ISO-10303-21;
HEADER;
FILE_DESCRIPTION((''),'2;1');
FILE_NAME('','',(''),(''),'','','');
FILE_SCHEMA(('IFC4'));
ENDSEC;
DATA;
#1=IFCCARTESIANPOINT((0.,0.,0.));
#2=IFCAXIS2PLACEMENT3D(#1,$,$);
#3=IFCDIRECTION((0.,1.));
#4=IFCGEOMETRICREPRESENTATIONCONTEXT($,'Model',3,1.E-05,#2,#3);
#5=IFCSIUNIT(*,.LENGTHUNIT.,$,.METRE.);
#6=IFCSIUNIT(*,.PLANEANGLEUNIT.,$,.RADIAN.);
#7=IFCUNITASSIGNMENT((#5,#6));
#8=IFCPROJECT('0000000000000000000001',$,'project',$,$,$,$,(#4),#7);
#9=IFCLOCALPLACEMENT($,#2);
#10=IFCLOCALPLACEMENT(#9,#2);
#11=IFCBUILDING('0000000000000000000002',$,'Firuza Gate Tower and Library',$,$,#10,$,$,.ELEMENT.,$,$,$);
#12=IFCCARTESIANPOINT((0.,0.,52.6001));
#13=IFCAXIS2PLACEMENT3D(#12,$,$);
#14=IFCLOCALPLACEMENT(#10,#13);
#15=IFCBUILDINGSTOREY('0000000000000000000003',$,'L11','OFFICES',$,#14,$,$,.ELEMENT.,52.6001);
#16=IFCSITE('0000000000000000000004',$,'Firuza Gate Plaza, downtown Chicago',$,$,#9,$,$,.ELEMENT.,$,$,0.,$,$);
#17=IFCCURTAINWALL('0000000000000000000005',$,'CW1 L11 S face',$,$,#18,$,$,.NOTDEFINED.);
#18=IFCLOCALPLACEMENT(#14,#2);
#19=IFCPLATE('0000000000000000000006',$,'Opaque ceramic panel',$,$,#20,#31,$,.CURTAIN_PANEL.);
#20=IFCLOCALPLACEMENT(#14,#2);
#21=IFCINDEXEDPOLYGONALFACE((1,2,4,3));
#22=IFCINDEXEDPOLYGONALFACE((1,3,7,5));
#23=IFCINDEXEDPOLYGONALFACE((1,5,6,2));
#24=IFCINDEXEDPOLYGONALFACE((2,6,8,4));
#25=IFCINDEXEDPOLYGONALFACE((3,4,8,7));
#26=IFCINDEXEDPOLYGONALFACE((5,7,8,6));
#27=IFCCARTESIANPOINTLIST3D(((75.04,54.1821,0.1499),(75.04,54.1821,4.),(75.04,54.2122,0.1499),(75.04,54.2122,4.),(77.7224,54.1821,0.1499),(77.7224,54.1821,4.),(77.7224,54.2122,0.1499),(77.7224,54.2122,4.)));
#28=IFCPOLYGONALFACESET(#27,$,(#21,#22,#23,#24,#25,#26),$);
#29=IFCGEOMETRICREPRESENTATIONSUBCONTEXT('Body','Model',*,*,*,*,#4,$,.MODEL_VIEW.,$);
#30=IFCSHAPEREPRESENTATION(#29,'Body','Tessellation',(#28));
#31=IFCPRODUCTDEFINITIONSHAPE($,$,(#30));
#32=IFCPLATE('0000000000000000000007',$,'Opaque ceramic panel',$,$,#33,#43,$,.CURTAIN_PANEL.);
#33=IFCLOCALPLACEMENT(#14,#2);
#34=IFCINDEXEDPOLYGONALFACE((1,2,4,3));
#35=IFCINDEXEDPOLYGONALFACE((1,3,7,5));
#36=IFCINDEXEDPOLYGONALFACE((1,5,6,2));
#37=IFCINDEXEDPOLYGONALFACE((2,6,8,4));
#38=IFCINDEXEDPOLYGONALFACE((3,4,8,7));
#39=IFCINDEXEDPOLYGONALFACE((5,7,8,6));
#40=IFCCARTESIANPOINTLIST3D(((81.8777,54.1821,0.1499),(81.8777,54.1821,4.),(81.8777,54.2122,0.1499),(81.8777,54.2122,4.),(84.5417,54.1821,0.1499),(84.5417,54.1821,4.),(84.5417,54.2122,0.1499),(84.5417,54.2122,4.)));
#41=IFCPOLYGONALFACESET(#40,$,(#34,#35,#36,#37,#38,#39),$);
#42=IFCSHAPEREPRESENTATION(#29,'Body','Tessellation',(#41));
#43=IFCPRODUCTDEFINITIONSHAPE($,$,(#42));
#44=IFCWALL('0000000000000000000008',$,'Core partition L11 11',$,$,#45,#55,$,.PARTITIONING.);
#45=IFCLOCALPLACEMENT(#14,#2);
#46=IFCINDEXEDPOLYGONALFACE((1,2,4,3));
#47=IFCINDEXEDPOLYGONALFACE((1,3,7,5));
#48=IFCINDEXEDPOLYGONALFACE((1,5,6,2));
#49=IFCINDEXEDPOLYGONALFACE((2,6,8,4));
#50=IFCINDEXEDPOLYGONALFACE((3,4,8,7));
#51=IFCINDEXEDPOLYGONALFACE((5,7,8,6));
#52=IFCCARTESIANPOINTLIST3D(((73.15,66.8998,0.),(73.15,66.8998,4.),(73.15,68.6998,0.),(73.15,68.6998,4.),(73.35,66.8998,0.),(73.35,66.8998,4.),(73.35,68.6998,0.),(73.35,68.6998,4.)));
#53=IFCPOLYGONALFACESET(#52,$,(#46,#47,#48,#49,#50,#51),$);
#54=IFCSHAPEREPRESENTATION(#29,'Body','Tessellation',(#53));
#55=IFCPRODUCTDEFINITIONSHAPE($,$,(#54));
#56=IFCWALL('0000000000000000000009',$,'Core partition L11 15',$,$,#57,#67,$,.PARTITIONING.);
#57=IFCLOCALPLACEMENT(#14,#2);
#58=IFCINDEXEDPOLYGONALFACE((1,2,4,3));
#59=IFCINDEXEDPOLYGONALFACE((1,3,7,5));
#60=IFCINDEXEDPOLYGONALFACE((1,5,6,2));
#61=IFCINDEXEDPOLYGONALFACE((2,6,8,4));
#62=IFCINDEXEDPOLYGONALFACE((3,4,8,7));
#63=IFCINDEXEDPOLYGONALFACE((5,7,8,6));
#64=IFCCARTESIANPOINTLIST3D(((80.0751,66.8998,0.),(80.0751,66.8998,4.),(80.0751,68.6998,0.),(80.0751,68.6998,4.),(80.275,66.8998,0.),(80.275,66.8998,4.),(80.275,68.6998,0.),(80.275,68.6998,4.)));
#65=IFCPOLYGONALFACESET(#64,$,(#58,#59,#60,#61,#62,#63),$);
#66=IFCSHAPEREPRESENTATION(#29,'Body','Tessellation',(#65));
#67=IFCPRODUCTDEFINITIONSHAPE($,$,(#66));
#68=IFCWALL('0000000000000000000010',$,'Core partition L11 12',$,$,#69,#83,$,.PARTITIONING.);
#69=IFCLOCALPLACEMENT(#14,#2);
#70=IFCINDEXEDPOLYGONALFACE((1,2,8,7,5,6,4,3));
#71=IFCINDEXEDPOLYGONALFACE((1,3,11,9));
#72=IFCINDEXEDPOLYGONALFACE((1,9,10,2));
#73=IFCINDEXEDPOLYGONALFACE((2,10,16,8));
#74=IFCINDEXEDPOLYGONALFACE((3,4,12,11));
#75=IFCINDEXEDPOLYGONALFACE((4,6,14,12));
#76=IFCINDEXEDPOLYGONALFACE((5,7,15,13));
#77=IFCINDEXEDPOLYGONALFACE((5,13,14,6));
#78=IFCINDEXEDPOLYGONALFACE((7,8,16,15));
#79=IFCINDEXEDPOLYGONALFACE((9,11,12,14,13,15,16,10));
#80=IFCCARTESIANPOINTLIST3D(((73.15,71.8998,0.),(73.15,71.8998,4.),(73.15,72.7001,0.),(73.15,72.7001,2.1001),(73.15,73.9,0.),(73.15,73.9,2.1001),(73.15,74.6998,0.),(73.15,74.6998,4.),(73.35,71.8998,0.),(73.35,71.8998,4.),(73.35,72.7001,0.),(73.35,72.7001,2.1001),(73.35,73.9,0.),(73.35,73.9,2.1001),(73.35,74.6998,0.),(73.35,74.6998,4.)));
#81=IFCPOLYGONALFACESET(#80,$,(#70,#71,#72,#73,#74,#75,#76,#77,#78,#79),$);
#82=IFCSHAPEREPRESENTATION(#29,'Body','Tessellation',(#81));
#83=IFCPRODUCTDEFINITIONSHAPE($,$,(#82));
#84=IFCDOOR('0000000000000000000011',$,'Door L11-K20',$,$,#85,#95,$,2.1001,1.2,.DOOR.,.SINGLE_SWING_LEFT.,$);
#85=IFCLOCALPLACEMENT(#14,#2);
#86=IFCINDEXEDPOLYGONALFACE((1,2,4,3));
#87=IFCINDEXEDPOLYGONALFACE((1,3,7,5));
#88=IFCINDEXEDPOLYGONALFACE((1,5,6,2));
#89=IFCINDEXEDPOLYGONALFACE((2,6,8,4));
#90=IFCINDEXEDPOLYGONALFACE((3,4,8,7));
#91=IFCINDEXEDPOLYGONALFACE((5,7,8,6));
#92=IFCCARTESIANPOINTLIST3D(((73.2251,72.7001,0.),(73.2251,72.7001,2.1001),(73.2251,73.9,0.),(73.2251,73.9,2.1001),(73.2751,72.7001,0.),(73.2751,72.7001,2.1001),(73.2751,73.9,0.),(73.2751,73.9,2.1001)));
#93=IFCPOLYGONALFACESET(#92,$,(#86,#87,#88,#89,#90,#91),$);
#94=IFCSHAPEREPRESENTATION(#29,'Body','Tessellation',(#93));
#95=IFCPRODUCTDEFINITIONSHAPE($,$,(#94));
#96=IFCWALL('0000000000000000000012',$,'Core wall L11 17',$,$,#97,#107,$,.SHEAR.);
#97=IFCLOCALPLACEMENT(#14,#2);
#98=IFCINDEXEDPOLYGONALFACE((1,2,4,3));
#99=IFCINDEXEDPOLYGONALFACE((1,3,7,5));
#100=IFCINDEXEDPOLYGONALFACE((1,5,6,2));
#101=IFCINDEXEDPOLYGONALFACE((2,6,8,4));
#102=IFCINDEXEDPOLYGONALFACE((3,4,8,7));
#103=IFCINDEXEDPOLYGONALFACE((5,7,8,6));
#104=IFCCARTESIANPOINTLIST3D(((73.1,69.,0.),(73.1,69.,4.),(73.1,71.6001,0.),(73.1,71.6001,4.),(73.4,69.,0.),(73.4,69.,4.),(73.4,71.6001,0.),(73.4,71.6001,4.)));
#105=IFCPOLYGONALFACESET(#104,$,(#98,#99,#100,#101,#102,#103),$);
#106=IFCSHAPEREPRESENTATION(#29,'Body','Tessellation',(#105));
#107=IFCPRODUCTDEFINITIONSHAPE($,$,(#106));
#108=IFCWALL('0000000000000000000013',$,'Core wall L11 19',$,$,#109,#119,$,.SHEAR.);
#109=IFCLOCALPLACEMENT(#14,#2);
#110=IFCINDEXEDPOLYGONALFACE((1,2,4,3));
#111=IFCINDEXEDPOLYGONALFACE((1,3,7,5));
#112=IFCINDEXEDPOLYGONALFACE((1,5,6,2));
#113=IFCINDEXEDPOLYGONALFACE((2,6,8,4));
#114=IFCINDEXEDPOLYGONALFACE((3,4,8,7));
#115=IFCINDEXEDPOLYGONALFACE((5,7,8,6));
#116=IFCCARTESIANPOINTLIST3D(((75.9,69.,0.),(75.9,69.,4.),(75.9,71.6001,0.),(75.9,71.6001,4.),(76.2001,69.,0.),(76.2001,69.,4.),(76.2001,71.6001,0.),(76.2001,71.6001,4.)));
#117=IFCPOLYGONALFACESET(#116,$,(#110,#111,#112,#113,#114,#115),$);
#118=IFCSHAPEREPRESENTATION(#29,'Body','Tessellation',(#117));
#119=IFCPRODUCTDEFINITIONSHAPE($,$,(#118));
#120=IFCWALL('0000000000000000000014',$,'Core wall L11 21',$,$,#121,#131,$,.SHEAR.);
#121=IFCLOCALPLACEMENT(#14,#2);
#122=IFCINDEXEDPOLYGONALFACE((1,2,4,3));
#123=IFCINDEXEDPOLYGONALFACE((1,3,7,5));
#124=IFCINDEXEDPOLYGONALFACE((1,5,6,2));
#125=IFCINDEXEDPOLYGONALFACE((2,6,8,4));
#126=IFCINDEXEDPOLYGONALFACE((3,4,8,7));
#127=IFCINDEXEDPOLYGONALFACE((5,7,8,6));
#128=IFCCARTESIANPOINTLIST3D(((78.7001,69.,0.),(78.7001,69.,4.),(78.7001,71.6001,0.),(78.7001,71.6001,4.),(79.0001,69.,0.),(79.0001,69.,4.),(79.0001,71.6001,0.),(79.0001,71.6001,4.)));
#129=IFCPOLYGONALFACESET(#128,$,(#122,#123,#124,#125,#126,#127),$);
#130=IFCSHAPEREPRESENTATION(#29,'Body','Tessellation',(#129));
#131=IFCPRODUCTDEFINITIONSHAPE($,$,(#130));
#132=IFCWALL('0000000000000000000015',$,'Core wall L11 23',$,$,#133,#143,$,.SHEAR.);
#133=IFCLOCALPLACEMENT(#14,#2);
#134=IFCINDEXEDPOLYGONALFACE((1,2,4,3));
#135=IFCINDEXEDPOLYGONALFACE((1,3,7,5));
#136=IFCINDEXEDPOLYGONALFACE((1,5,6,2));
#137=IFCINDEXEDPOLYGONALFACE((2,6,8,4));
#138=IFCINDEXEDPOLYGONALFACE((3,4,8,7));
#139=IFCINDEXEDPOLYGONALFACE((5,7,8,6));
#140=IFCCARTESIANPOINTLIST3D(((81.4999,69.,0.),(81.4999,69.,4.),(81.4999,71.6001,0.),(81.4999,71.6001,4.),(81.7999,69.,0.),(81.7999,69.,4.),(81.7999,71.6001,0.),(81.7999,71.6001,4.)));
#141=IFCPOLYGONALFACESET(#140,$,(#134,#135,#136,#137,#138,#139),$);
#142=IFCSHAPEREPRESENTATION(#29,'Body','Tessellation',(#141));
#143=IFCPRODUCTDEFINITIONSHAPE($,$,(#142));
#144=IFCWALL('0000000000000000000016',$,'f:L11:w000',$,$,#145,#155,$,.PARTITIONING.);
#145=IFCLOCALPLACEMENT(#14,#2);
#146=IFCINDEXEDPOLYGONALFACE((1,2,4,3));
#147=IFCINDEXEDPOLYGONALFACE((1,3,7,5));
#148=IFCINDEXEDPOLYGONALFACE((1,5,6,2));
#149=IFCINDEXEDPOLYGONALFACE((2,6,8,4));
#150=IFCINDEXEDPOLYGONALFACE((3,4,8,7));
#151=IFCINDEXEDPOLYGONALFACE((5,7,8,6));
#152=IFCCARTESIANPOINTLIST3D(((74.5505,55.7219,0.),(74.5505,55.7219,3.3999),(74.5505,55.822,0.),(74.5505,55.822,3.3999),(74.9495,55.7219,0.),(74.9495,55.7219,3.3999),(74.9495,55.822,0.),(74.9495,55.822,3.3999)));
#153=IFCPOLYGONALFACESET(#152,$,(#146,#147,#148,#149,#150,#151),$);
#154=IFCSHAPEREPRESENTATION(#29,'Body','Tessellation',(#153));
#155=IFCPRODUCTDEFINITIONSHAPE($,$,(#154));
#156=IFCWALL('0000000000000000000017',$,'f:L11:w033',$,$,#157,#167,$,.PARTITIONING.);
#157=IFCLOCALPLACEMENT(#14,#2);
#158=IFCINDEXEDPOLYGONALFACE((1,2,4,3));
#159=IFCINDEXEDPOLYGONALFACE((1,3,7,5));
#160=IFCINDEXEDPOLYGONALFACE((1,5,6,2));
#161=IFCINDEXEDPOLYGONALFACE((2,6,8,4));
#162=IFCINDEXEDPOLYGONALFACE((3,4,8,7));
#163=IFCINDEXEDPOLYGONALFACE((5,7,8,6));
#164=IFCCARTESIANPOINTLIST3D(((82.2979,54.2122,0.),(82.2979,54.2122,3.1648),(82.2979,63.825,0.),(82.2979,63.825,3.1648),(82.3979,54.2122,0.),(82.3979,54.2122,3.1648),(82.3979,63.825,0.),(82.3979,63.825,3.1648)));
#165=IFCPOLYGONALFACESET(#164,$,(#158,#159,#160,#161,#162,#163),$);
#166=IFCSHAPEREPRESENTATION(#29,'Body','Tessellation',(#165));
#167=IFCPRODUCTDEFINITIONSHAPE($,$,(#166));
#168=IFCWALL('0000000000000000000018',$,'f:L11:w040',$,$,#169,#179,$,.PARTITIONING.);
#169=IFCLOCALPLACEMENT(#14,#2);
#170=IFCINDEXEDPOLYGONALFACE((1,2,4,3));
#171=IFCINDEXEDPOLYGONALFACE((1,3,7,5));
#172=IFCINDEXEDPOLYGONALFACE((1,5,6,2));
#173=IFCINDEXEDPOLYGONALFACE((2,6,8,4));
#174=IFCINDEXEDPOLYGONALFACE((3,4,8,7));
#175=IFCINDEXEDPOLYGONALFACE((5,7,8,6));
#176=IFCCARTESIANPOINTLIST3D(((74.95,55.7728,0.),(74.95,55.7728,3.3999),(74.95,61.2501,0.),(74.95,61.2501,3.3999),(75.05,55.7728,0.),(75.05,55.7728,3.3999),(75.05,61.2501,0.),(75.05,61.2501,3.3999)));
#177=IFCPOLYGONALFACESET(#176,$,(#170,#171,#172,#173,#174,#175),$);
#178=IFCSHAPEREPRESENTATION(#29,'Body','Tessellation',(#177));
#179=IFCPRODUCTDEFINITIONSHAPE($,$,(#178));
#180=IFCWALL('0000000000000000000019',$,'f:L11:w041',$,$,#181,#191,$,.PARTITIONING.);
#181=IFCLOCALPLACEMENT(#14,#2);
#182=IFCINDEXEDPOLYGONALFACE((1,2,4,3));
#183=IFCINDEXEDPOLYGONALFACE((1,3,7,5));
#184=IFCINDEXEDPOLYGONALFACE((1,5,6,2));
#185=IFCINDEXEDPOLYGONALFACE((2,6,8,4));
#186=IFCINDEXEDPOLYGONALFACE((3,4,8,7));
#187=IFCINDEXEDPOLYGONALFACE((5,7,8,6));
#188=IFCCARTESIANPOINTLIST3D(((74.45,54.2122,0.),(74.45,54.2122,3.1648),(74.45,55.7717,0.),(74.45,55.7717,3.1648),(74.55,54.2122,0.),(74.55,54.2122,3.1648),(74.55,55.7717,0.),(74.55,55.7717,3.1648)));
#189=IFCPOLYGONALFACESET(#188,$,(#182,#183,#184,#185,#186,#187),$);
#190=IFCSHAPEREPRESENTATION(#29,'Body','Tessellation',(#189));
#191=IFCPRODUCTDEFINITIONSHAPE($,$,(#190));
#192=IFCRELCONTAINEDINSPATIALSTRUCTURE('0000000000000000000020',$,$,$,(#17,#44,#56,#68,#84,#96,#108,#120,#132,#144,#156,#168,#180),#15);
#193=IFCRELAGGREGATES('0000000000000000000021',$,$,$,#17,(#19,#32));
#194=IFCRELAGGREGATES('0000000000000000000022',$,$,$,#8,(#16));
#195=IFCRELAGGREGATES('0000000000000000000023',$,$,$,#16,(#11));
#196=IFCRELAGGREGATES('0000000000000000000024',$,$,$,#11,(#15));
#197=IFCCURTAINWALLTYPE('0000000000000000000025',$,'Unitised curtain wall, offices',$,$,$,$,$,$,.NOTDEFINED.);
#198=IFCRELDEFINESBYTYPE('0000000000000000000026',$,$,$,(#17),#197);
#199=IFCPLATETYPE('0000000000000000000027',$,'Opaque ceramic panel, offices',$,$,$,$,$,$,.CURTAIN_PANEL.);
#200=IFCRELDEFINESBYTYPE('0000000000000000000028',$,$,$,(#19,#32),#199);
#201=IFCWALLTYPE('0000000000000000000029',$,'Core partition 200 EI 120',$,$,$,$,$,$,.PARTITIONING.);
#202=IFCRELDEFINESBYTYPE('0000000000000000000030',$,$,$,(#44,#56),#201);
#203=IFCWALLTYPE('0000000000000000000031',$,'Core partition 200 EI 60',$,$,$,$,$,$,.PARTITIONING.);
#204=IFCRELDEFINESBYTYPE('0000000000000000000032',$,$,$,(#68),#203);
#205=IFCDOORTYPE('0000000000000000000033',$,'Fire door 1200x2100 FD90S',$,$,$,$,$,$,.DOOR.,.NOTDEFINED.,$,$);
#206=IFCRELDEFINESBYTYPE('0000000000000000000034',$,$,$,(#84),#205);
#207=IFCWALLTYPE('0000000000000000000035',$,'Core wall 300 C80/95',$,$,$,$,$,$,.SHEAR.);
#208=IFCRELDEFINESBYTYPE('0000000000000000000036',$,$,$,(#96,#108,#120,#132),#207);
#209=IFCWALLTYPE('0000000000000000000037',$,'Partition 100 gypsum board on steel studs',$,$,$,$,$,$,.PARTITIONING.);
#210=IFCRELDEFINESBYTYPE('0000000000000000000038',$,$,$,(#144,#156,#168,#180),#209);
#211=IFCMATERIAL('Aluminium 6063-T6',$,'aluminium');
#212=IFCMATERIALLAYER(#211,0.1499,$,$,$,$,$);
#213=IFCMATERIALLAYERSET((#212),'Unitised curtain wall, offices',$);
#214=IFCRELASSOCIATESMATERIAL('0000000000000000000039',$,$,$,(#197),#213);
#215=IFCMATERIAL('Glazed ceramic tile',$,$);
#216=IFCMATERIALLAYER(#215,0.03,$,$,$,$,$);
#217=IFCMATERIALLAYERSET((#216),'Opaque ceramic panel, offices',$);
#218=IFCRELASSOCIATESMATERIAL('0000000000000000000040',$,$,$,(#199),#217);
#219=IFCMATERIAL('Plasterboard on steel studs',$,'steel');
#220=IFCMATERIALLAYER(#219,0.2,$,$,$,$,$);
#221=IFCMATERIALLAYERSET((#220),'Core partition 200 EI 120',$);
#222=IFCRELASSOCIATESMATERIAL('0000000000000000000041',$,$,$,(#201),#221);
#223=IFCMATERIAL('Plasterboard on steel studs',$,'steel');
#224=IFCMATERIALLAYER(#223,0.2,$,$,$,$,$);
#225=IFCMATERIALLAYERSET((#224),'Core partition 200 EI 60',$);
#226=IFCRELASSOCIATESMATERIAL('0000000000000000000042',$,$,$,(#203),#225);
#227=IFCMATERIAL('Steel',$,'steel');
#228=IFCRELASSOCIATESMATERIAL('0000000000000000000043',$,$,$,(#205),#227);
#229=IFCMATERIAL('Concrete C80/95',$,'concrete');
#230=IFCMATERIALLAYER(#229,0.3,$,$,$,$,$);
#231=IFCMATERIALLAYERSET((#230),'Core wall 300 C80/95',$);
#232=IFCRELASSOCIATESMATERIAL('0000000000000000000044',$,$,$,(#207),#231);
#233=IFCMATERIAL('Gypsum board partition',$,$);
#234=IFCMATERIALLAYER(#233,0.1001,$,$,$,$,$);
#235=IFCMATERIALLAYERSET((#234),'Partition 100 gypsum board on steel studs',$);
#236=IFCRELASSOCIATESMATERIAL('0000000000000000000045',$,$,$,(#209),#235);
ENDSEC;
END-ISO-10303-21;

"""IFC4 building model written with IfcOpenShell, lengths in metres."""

from ifc_helpers import new_model, si_unit, direction, frame, frame_2d, origin, place, context, subcontext, project, spatial, polyline, rectangle, outline, extrude, material, layer, layer_set, type_object, element, fill, aggregate, save


model = new_model("IFC4")

# Units and contexts
model_context = context("Model", 3, precision=1e-05, world=origin(), true_north=direction((0.0, 1.0)))
body_context = subcontext(model_context, "Body", "Model", "MODEL_VIEW")
ifc_project = project(units=[si_unit("LENGTHUNIT", "METRE"), si_unit("PLANEANGLEUNIT", "RADIAN")], contexts=[model_context])

# Site, building, storey
site_placement = place(None, origin())
site = spatial("IfcSite", under=ifc_project, at=site_placement, Name="Firuza Gate Plaza, downtown Chicago", CompositionType="ELEMENT", RefElevation=0.0)
building_placement = place(site_placement, origin())
building = spatial("IfcBuilding", under=site, at=building_placement, Name="Firuza Gate Tower and Library", CompositionType="ELEMENT")
storey_placement = place(building_placement, frame((0.0, 0.0, 52.6001)))
storey = spatial("IfcBuildingStorey", under=building, at=storey_placement, Name="L11", Description="OFFICES", CompositionType="ELEMENT", Elevation=52.6001)

# Curtain wall
ifc_material_1 = material(Name="Aluminium 6063-T6", Category="aluminium")
ifc_layer_1 = layer(ifc_material_1, 0.1499)
ifc_layer_set_1 = layer_set([ifc_layer_1], Name="Unitised curtain wall, offices")
curtain_wall_type = type_object("IfcCurtainWallType", Name="Unitised curtain wall, offices", PredefinedType="NOTDEFINED", material=ifc_layer_set_1)
curtain_wall_placement = place(storey_placement, origin())
curtain_wall = element("IfcCurtainWall", 1, at=curtain_wall_placement, inside=storey, type_object=curtain_wall_type, Name="CW1 L11 S face", PredefinedType="NOTDEFINED")

# Plates
ifc_material_2 = material(Name="Glazed ceramic tile")
ifc_layer_2 = layer(ifc_material_2, 0.03)
ifc_layer_set_2 = layer_set([ifc_layer_2], Name="Opaque ceramic panel, offices")
plate_type_1 = type_object("IfcPlateType", Name="Opaque ceramic panel, offices", PredefinedType="CURTAIN_PANEL", material=ifc_layer_set_2)
plate_1_placement = place(storey_placement, frame((75.04, 54.1821, 0.1499), z_axis=(0.0, -1.0, 0.0), x_axis=(1.0, 0.0, 0.0)))
plate_1 = element("IfcPlate", 2, at=plate_1_placement, type_object=plate_type_1, Name="Opaque ceramic panel", PredefinedType="CURTAIN_PANEL", context=body_context, shape_type="SweptSolid", body=[
    extrude(outline(polyline([(0.0, 0.0), (2.6824, 0.0), (2.6824, 3.8501), (0.0, 3.8501), (0.0, 0.0)])), origin(), (0.0, 0.0, -1.0), 0.03),
])
plate_2_placement = place(storey_placement, frame((81.8777, 54.1821, 0.1499), z_axis=(0.0, -1.0, 0.0), x_axis=(1.0, 0.0, 0.0)))
plate_2 = element("IfcPlate", 3, at=plate_2_placement, type_object=plate_type_1, Name="Opaque ceramic panel", PredefinedType="CURTAIN_PANEL", context=body_context, shape_type="SweptSolid", body=[
    extrude(outline(polyline([(0.0, 0.0), (2.6641, 0.0), (2.6641, 3.8501), (0.0, 3.8501), (0.0, 0.0)])), origin(), (0.0, 0.0, -1.0), 0.03),
])
aggregate(curtain_wall, [plate_1, plate_2])

# Walls
ifc_material_3 = material(Name="Plasterboard on steel studs", Category="steel")
ifc_layer_3 = layer(ifc_material_3, 0.2)
ifc_layer_set_3 = layer_set([ifc_layer_3], Name="Core partition 200 EI 120")
wall_type_1 = type_object("IfcWallType", Name="Core partition 200 EI 120", PredefinedType="PARTITIONING", material=ifc_layer_set_3)
for number, where, z_axis, x_axis, name in (
    (4, (73.25, 66.8999, 0.0), (0.0, 0.0, 1.0), (0.0, 1.0, 0.0), "Core partition L11 11"),
    (5, (80.175, 66.8999, 0.0), (0.0, 0.0, 1.0), (0.0, 1.0, 0.0), "Core partition L11 15"),
):
    element("IfcWall", number, at=place(storey_placement, frame(where, z_axis=z_axis, x_axis=x_axis)), inside=storey, type_object=wall_type_1, Name=name, PredefinedType="PARTITIONING", context=body_context, shape_type="SweptSolid", body=[
        extrude(rectangle(XDim=1.8, YDim=0.2, at=frame_2d((0.8999, 0.0))), origin(), (0.0, 0.0, 1.0), 4.0),
    ])

# Wall, opening, door
ifc_material_4 = material(Name="Plasterboard on steel studs", Category="steel")
ifc_layer_4 = layer(ifc_material_4, 0.2)
ifc_layer_set_4 = layer_set([ifc_layer_4], Name="Core partition 200 EI 60")
wall_type_2 = type_object("IfcWallType", Name="Core partition 200 EI 60", PredefinedType="PARTITIONING", material=ifc_layer_set_4)
wall_1_placement = place(storey_placement, frame((73.25, 71.8999, 0.0), z_axis=(0.0, 0.0, 1.0), x_axis=(0.0, 1.0, 0.0)))
wall_1 = element("IfcWall", 6, at=wall_1_placement, inside=storey, type_object=wall_type_2, Name="Core partition L11 12", PredefinedType="PARTITIONING", context=body_context, shape_type="SweptSolid", body=[
    extrude(rectangle(XDim=2.8, YDim=0.2, at=frame_2d((1.3999, 0.0))), origin(), (0.0, 0.0, 1.0), 4.0),
])
opening_placement = place(wall_1_placement, frame((0.8, 0.0, 0.0)))
opening = element("IfcOpeningElement", 7, at=opening_placement, cuts=wall_1, PredefinedType="OPENING", context=body_context, shape_type="SweptSolid", body=[
    extrude(rectangle(XDim=1.2, YDim=2.1001, at=frame_2d((0.6001, 1.05))), frame((0.0, 0.1099, 0.0), z_axis=(0.0, -1.0, 0.0), x_axis=(1.0, 0.0, 0.0)), (0.0, 0.0, 1.0), 0.22),
])
ifc_material_5 = material(Name="Steel", Category="steel")
door_type = type_object("IfcDoorType", Name="Fire door 1200x2100 FD90S", OperationType="NOTDEFINED", PredefinedType="DOOR", material=ifc_material_5)
door_placement = place(opening_placement, origin())
door = element("IfcDoor", 8, at=door_placement, inside=storey, type_object=door_type, Name="Door L11-K20", OperationType="SINGLE_SWING_LEFT", OverallHeight=2.1001, OverallWidth=1.2, PredefinedType="DOOR", context=body_context, shape_type="SweptSolid", body=[
    extrude(rectangle(XDim=1.2, YDim=2.1001, at=frame_2d((0.6001, 1.05))), frame((0.0, 0.0249, 0.0), z_axis=(0.0, -1.0, 0.0), x_axis=(1.0, 0.0, 0.0)), (0.0, 0.0, 1.0), 0.05),
])
fill(opening, door)

# Walls
ifc_material_6 = material(Name="Concrete C80/95", Category="concrete")
ifc_layer_5 = layer(ifc_material_6, 0.3)
ifc_layer_set_5 = layer_set([ifc_layer_5], Name="Core wall 300 C80/95")
wall_type_3 = type_object("IfcWallType", Name="Core wall 300 C80/95", PredefinedType="SHEAR", material=ifc_layer_set_5)
for number, where, z_axis, x_axis, name in (
    (9, (73.25, 69.0, 0.0), (0.0, 0.0, 1.0), (0.0, 1.0, 0.0), "Core wall L11 17"),
    (10, (76.05, 69.0, 0.0), (0.0, 0.0, 1.0), (0.0, 1.0, 0.0), "Core wall L11 19"),
    (11, (78.8501, 69.0, 0.0), (0.0, 0.0, 1.0), (0.0, 1.0, 0.0), "Core wall L11 21"),
    (12, (81.6499, 69.0, 0.0), (0.0, 0.0, 1.0), (0.0, 1.0, 0.0), "Core wall L11 23"),
):
    element("IfcWall", number, at=place(storey_placement, frame(where, z_axis=z_axis, x_axis=x_axis)), inside=storey, type_object=wall_type_3, Name=name, PredefinedType="SHEAR", context=body_context, shape_type="SweptSolid", body=[
        extrude(rectangle(XDim=2.6001, YDim=0.3, at=frame_2d((1.3, 0.0))), origin(), (0.0, 0.0, 1.0), 4.0),
    ])
ifc_material_7 = material(Name="Gypsum board partition")
ifc_layer_6 = layer(ifc_material_7, 0.1001)
ifc_layer_set_6 = layer_set([ifc_layer_6], Name="Partition 100 gypsum board on steel studs")
wall_type_4 = type_object("IfcWallType", Name="Partition 100 gypsum board on steel studs", PredefinedType="PARTITIONING", material=ifc_layer_set_6)
wall_2_placement = place(storey_placement, frame((74.5505, 55.772, 0.0), z_axis=(0.0, 0.0, 1.0), x_axis=(1.0, 0.0, 0.0)))
element("IfcWall", 13, at=wall_2_placement, inside=storey, type_object=wall_type_4, Name="f:L11:w000", PredefinedType="PARTITIONING", context=body_context, shape_type="SweptSolid", body=[
    extrude(rectangle(XDim=0.3989, YDim=0.1001, at=frame_2d((0.1995, 0.0))), origin(), (0.0, 0.0, 1.0), 3.3999),
])
wall_3_placement = place(storey_placement, frame((82.3479, 54.2122, 0.0), z_axis=(0.0, 0.0, 1.0), x_axis=(0.0, 1.0, 0.0)))
element("IfcWall", 14, at=wall_3_placement, inside=storey, type_object=wall_type_4, Name="f:L11:w033", PredefinedType="PARTITIONING", context=body_context, shape_type="SweptSolid", body=[
    extrude(rectangle(XDim=9.6128, YDim=0.1001, at=frame_2d((4.8064, 0.0))), origin(), (0.0, 0.0, 1.0), 3.1648),
])
wall_4_placement = place(storey_placement, frame((75.0, 55.7727, 0.0), z_axis=(0.0, 0.0, 1.0), x_axis=(0.0, 1.0, 0.0)))
element("IfcWall", 15, at=wall_4_placement, inside=storey, type_object=wall_type_4, Name="f:L11:w040", PredefinedType="PARTITIONING", context=body_context, shape_type="SweptSolid", body=[
    extrude(rectangle(XDim=5.4773, YDim=0.1001, at=frame_2d((2.7388, 0.0))), origin(), (0.0, 0.0, 1.0), 3.3999),
])
wall_5_placement = place(storey_placement, frame((74.5, 54.2122, 0.0), z_axis=(0.0, 0.0, 1.0), x_axis=(0.0, 1.0, 0.0)))
element("IfcWall", 16, at=wall_5_placement, inside=storey, type_object=wall_type_4, Name="f:L11:w041", PredefinedType="PARTITIONING", context=body_context, shape_type="SweptSolid", body=[
    extrude(rectangle(XDim=1.5596, YDim=0.1001, at=frame_2d((0.7798, 0.0))), origin(), (0.0, 0.0, 1.0), 3.1648),
])

save(model, "model.ifc")
